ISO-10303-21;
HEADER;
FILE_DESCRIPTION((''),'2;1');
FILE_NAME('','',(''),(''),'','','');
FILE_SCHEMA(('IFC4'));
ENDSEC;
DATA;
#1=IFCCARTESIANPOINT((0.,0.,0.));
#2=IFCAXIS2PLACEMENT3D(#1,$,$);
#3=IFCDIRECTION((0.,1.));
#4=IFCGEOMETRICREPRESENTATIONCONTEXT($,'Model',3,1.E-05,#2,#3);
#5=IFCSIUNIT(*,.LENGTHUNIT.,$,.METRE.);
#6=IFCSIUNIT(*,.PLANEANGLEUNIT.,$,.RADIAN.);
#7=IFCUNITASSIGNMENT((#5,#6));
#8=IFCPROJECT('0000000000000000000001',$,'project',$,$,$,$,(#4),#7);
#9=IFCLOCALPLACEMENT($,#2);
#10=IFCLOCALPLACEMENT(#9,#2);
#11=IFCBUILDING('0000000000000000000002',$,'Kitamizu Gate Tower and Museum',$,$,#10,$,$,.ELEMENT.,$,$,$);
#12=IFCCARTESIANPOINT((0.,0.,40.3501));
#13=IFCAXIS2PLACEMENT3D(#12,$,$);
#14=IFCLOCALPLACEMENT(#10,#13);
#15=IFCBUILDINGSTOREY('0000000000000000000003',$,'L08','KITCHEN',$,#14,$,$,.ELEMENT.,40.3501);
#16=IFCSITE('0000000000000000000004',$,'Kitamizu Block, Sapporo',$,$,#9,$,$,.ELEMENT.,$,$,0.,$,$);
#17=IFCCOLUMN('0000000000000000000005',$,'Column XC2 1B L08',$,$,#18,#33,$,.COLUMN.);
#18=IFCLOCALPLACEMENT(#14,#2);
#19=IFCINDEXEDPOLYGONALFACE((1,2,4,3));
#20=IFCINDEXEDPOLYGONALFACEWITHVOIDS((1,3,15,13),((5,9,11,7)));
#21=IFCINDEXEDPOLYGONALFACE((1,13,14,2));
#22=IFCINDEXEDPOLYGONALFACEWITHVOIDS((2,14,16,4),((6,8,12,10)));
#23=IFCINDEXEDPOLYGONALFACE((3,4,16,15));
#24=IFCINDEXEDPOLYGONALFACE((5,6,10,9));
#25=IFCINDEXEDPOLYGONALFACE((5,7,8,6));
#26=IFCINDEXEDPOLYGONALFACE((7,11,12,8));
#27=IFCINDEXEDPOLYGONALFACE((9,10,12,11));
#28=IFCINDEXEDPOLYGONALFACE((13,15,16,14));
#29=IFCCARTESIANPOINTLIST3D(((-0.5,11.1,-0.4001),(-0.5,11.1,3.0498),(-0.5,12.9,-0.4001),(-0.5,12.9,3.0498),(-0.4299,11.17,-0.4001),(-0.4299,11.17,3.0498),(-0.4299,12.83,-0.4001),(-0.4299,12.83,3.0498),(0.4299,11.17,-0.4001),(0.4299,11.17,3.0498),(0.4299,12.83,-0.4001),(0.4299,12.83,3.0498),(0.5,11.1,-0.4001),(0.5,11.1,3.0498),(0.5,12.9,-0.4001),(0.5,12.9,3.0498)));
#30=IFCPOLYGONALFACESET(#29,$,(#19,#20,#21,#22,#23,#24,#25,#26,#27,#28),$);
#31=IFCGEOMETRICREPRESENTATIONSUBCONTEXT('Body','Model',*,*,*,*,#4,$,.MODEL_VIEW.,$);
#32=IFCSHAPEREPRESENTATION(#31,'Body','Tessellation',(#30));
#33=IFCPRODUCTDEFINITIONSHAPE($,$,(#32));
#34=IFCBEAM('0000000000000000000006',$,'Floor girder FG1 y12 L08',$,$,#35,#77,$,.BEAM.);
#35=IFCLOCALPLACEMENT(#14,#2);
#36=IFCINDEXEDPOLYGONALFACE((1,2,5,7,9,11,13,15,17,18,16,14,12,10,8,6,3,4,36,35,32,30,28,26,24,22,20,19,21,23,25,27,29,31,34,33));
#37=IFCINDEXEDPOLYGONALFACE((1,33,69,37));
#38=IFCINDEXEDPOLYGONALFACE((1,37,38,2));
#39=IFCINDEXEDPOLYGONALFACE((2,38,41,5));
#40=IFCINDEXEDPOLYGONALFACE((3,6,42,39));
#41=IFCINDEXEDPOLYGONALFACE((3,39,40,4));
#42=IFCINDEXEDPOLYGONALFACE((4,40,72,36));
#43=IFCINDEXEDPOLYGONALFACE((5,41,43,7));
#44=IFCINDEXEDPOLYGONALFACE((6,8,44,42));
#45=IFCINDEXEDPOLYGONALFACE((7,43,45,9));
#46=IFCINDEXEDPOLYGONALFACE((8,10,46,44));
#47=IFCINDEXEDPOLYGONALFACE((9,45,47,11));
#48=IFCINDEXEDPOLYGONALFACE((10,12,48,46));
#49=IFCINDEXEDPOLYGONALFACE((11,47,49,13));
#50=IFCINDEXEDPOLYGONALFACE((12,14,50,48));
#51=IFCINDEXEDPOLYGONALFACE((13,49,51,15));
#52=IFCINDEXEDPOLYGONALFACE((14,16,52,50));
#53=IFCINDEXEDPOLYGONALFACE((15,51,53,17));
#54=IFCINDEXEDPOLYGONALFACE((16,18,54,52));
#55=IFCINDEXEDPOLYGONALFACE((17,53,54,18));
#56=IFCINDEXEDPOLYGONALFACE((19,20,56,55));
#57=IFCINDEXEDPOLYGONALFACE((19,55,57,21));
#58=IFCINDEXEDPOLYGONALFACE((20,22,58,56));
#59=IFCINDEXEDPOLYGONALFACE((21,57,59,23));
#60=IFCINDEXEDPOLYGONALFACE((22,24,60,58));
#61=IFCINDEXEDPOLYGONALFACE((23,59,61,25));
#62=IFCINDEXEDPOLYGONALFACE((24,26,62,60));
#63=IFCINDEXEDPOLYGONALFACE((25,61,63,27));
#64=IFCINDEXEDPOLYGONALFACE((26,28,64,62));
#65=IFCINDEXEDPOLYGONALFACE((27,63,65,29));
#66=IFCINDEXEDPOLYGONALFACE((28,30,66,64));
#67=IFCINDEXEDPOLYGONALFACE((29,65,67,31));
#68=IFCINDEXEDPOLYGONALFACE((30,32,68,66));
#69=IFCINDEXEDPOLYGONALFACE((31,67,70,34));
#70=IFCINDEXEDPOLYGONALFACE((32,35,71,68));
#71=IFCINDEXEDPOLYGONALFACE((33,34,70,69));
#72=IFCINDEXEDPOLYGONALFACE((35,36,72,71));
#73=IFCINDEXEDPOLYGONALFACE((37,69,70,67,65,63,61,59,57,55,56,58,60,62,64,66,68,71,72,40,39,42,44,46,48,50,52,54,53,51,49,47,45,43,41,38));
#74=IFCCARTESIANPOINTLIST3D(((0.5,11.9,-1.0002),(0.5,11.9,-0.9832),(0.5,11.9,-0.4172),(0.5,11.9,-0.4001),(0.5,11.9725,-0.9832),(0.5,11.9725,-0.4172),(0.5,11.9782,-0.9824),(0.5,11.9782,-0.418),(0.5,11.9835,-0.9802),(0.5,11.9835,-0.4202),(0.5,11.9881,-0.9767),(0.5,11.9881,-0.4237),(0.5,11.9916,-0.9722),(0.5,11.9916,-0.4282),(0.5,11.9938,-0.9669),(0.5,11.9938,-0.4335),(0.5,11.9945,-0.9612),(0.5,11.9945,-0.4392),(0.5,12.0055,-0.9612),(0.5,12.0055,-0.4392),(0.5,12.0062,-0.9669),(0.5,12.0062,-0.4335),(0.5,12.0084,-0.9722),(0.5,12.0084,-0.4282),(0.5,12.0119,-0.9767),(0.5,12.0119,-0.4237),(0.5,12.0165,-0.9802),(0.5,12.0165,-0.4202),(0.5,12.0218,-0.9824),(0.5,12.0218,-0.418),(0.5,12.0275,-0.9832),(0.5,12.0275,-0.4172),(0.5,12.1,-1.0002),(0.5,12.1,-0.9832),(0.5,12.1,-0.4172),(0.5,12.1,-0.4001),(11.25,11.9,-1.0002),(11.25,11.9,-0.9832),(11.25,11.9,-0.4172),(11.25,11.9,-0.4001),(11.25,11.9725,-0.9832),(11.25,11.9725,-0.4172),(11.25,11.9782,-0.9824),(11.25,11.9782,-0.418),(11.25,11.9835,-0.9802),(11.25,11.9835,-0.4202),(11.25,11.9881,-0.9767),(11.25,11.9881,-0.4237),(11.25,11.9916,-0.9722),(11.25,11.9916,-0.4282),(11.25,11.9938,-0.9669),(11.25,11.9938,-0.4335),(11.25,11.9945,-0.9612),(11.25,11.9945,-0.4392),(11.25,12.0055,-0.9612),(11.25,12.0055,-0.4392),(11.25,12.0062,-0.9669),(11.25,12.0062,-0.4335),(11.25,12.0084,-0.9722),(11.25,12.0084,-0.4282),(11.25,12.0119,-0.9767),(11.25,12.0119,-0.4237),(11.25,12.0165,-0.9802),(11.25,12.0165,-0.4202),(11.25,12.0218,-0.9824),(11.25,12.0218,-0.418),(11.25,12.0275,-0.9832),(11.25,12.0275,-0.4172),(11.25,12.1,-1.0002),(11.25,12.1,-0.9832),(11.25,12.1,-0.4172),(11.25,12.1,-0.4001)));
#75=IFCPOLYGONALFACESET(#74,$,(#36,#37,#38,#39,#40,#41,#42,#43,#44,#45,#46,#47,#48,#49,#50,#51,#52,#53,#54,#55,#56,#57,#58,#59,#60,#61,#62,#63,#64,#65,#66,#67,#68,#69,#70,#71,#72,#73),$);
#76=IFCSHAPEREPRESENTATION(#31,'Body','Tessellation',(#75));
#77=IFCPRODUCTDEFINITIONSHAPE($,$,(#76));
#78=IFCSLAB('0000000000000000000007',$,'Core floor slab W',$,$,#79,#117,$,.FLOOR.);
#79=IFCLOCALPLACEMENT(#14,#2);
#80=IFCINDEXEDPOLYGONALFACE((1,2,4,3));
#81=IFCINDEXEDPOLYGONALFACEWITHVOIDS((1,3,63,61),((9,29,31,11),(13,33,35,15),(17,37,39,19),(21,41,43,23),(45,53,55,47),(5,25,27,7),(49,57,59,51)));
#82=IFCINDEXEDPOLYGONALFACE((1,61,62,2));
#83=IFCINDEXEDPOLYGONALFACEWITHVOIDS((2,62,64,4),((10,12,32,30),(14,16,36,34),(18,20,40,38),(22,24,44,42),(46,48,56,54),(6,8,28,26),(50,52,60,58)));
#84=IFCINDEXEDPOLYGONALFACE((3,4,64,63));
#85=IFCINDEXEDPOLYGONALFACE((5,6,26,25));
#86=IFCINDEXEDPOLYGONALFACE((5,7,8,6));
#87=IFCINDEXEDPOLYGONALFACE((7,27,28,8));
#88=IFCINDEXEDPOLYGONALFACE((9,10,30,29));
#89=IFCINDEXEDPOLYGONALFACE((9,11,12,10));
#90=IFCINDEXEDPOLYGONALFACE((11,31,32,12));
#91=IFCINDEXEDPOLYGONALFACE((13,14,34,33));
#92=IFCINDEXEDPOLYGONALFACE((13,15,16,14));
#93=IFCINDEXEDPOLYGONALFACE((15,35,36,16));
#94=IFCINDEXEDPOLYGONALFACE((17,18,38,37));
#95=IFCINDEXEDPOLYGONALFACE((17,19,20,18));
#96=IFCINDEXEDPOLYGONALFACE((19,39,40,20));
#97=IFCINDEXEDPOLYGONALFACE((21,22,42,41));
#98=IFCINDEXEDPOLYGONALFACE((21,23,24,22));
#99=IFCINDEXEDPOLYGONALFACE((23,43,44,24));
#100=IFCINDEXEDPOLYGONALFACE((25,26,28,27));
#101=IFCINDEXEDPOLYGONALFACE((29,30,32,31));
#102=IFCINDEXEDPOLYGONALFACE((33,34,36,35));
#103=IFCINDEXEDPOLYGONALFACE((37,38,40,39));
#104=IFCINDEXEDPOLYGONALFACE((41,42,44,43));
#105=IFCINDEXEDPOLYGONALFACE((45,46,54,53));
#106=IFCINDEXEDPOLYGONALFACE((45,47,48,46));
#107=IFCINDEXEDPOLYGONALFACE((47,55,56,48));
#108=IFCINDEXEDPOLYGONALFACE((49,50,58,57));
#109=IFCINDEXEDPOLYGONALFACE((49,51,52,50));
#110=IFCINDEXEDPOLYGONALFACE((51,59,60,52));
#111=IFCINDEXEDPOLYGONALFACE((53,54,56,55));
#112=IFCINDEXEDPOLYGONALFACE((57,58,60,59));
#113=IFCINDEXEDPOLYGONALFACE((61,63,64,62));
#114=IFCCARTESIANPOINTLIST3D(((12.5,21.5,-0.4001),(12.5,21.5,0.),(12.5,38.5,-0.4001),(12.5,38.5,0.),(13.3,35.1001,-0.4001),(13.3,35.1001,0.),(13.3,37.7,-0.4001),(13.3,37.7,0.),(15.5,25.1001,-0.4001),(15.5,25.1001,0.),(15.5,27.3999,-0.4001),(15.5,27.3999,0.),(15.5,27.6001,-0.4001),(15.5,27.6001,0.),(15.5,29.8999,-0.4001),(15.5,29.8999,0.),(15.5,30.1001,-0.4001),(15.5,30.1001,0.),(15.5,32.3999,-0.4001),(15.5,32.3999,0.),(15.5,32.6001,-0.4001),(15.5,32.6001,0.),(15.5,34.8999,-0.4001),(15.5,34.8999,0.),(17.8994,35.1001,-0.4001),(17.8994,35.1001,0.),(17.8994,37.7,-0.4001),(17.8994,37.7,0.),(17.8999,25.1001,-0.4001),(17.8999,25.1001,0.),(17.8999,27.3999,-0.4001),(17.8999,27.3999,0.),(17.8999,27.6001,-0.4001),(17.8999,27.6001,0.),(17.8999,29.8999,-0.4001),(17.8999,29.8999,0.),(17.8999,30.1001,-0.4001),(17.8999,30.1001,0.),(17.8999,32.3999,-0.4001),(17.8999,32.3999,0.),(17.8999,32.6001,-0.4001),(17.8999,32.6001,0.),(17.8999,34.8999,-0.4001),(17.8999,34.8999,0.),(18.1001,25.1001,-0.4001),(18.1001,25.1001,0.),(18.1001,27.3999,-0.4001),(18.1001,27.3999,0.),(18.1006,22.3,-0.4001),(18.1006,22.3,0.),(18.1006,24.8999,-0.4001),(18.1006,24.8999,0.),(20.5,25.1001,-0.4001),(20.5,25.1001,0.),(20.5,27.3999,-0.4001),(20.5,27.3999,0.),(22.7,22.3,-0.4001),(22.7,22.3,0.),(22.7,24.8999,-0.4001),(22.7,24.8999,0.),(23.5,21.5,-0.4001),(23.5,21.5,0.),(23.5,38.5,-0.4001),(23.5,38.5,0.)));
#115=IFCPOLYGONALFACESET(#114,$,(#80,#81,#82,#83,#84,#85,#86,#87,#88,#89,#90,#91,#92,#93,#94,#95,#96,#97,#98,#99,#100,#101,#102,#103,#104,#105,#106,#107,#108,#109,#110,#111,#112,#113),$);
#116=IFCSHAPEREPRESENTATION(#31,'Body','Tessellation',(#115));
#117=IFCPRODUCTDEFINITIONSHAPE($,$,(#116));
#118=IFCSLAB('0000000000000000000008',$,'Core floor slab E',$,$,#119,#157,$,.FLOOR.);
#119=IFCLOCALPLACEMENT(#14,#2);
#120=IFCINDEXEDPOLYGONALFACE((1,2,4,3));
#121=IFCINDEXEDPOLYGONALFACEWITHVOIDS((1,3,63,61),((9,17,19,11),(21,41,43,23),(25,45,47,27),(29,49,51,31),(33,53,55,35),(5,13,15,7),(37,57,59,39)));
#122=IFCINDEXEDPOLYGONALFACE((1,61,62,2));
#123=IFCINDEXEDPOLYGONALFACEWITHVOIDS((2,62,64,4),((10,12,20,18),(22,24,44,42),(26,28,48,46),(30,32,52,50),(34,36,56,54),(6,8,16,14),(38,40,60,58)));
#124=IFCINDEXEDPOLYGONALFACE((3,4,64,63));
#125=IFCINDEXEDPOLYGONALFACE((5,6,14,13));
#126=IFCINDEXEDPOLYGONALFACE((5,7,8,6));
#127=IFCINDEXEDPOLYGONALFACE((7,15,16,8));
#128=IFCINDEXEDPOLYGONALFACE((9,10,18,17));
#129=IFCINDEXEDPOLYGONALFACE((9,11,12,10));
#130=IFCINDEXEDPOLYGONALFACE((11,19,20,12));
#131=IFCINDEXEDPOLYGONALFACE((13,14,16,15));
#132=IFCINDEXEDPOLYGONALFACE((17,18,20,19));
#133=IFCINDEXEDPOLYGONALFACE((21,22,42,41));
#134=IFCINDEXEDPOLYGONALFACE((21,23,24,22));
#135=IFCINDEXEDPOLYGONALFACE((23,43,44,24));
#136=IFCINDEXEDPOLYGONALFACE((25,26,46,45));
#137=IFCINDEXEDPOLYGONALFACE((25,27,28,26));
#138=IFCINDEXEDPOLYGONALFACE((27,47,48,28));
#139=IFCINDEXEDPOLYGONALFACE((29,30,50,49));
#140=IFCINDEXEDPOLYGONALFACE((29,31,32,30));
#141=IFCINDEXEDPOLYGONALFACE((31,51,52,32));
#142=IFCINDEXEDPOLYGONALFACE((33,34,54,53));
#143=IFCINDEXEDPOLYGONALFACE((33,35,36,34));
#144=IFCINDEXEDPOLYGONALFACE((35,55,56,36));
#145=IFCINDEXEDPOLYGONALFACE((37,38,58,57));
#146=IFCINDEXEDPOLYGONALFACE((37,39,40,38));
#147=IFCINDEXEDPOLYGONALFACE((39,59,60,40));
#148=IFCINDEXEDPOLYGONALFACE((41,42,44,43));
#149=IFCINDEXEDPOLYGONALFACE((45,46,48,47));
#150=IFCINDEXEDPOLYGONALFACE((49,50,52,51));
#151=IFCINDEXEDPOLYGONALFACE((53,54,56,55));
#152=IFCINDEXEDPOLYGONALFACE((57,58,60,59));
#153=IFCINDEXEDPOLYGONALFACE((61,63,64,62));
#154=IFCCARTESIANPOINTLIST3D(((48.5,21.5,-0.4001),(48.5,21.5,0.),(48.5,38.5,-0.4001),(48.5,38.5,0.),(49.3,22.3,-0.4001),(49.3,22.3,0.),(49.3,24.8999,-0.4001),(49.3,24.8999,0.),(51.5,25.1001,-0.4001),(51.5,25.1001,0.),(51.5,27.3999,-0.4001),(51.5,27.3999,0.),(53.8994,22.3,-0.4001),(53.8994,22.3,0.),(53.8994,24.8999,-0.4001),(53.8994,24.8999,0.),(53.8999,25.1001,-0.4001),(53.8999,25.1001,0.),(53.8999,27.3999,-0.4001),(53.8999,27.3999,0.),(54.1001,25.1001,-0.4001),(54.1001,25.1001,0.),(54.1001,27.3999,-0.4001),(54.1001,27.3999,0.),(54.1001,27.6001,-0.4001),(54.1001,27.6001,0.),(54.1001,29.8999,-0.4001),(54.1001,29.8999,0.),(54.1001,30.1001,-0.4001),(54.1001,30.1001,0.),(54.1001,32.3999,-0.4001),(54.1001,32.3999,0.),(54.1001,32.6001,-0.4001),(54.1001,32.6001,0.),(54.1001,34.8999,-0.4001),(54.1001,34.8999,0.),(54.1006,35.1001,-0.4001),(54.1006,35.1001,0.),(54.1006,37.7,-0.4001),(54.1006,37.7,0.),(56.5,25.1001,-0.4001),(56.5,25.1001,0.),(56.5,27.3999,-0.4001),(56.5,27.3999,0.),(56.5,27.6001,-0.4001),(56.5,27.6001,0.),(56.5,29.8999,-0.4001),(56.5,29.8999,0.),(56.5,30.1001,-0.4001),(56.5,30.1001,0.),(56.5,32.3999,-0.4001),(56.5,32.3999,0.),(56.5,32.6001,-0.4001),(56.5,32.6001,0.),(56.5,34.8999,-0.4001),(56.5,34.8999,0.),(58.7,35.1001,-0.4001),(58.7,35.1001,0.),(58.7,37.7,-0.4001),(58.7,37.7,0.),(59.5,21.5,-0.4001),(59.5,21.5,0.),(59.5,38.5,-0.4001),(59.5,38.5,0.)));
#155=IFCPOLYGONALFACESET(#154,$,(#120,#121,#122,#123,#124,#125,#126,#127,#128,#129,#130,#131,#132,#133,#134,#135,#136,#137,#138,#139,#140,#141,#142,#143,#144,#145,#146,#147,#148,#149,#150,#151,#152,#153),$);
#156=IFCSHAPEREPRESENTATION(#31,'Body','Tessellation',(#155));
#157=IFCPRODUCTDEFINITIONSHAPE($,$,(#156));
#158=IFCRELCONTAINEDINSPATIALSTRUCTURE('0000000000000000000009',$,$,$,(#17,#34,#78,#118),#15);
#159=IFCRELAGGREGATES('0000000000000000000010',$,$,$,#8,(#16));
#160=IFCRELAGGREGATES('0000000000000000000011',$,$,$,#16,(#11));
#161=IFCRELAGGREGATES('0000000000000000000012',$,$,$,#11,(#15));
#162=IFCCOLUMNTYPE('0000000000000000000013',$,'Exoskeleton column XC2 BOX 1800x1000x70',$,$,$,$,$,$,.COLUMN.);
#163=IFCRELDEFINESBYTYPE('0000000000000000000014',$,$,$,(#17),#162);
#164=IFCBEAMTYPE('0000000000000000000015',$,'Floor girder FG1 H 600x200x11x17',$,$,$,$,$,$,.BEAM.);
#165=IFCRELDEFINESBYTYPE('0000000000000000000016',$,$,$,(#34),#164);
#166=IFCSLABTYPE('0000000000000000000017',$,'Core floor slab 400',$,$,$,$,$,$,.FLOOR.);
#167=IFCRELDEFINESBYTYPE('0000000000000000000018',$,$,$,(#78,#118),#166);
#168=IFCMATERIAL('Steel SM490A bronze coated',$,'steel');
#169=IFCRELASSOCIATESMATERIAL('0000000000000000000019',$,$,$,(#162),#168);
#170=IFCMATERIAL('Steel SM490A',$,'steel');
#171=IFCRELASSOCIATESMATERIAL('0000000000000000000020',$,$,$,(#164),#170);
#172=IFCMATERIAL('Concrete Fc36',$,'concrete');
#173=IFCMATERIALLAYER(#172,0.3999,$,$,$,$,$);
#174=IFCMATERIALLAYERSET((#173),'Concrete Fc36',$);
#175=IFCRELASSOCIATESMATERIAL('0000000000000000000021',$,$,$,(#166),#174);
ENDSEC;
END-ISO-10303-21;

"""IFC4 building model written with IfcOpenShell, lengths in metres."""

from ifc_helpers import new_model, si_unit, direction, frame, origin, origin_2d, place, context, subcontext, project, spatial, polyline, hollow_rectangle, i_section, outline, extrude, material, layer, layer_set, material_profile, profile_set, type_object, element, save


model = new_model("IFC4")

# Units and contexts
model_context = context("Model", 3, precision=1e-05, world=origin(), true_north=direction((0.0, 1.0)))
body_context = subcontext(model_context, "Body", "Model", "MODEL_VIEW")
ifc_project = project(units=[si_unit("LENGTHUNIT", "METRE"), si_unit("PLANEANGLEUNIT", "RADIAN")], contexts=[model_context])

# Site, building, storey
site_placement = place(None, origin())
site = spatial("IfcSite", under=ifc_project, at=site_placement, Name="Kitamizu Block, Sapporo", CompositionType="ELEMENT", RefElevation=0.0)
building_placement = place(site_placement, origin())
building = spatial("IfcBuilding", under=site, at=building_placement, Name="Kitamizu Gate Tower and Museum", CompositionType="ELEMENT")
storey_placement = place(building_placement, frame((0.0, 0.0, 40.3501)))
storey = spatial("IfcBuildingStorey", under=building, at=storey_placement, Name="L08", Description="KITCHEN", CompositionType="ELEMENT", Elevation=40.3501)

# Column
ifc_material_1 = material(Name="Steel SM490A bronze coated", Category="steel")
ifc_material_profile_1 = material_profile(ifc_material_1, hollow_rectangle(XDim=1.8, YDim=1.0, WallThickness=0.0701, at=origin_2d()), Name="BOX 1800x1000x70")
ifc_profile_set_1 = profile_set([ifc_material_profile_1], Name="Steel SM490A bronze coated")
column_type = type_object("IfcColumnType", Name="Exoskeleton column XC2 BOX 1800x1000x70", PredefinedType="COLUMN", material=ifc_profile_set_1)
column_placement = place(storey_placement, frame((0.0, 12.0, -0.4001), z_axis=(0.0, 0.0, 1.0), x_axis=(0.0, 1.0, 0.0)))
element("IfcColumn", 1, at=column_placement, inside=storey, type_object=column_type, Name="Column XC2 1B L08", PredefinedType="COLUMN", context=body_context, shape_type="SweptSolid", body=[
    extrude(hollow_rectangle(XDim=1.8, YDim=1.0, WallThickness=0.0701, at=origin_2d()), origin(), (0.0, 0.0, 1.0), 3.45),
])

# Beam
ifc_material_2 = material(Name="Steel SM490A", Category="steel")
ifc_material_profile_2 = material_profile(ifc_material_2, i_section(OverallWidth=0.2, OverallDepth=0.6001, WebThickness=0.011, FlangeThickness=0.0171, FilletRadius=0.022, at=origin_2d()), Name="H-600x200x11x17")
ifc_profile_set_2 = profile_set([ifc_material_profile_2], Name="Steel SM490A")
beam_type = type_object("IfcBeamType", Name="Floor girder FG1 H 600x200x11x17", PredefinedType="BEAM", material=ifc_profile_set_2)
beam_placement = place(storey_placement, frame((0.5, 12.0, -0.7002), z_axis=(1.0, 0.0, 0.0), x_axis=(0.0, 1.0, 0.0)))
element("IfcBeam", 2, at=beam_placement, inside=storey, type_object=beam_type, Name="Floor girder FG1 y12 L08", PredefinedType="BEAM", context=body_context, shape_type="SweptSolid", body=[
    extrude(i_section(OverallWidth=0.2, OverallDepth=0.6001, WebThickness=0.011, FlangeThickness=0.0171, FilletRadius=0.022, at=origin_2d()), origin(), (0.0, 0.0, 1.0), 10.75),
])

# Slabs
ifc_material_3 = material(Name="Concrete Fc36", Category="concrete")
ifc_layer_1 = layer(ifc_material_3, 0.3999)
ifc_layer_set_1 = layer_set([ifc_layer_1], Name="Concrete Fc36")
slab_type_1 = type_object("IfcSlabType", Name="Core floor slab 400", PredefinedType="FLOOR", material=ifc_layer_set_1)
slab_1_placement = place(storey_placement, frame((0.0, 0.0, -0.4001)))
element("IfcSlab", 3, at=slab_1_placement, inside=storey, type_object=slab_type_1, Name="Core floor slab W", PredefinedType="FLOOR", context=body_context, shape_type="SweptSolid", body=[
    extrude(outline(polyline([(12.5, 21.5), (23.5, 21.5), (23.5, 38.5), (12.5, 38.5), (12.5, 21.5)]), holes=[polyline([(15.5, 25.1001), (17.8999, 25.1001), (17.8999, 27.3999), (15.5, 27.3999), (15.5, 25.1001)]), polyline([(15.5, 27.6001), (17.8999, 27.6001), (17.8999, 29.8999), (15.5, 29.8999), (15.5, 27.6001)]), polyline([(15.5, 30.1001), (17.8999, 30.1001), (17.8999, 32.3999), (15.5, 32.3999), (15.5, 30.1001)]), polyline([(15.5, 32.6001), (17.8999, 32.6001), (17.8999, 34.8999), (15.5, 34.8999), (15.5, 32.6001)]), polyline([(18.1001, 25.1001), (20.5, 25.1001), (20.5, 27.3999), (18.1001, 27.3999), (18.1001, 25.1001)]), polyline([(18.1006, 22.3), (22.7, 22.3), (22.7, 24.8999), (18.1006, 24.8999), (18.1006, 22.3)]), polyline([(13.3, 35.1001), (17.8994, 35.1001), (17.8994, 37.7), (13.3, 37.7), (13.3, 35.1001)])]), origin(), (0.0, 0.0, 1.0), 0.4001),
])
slab_2_placement = place(storey_placement, frame((0.0, 0.0, -0.4001)))
element("IfcSlab", 4, at=slab_2_placement, inside=storey, type_object=slab_type_1, Name="Core floor slab E", PredefinedType="FLOOR", context=body_context, shape_type="SweptSolid", body=[
    extrude(outline(polyline([(48.5, 21.5), (59.5, 21.5), (59.5, 38.5), (48.5, 38.5), (48.5, 21.5)]), holes=[polyline([(54.1001, 25.1001), (56.5, 25.1001), (56.5, 27.3999), (54.1001, 27.3999), (54.1001, 25.1001)]), polyline([(54.1001, 27.6001), (56.5, 27.6001), (56.5, 29.8999), (54.1001, 29.8999), (54.1001, 27.6001)]), polyline([(54.1001, 30.1001), (56.5, 30.1001), (56.5, 32.3999), (54.1001, 32.3999), (54.1001, 30.1001)]), polyline([(54.1001, 32.6001), (56.5, 32.6001), (56.5, 34.8999), (54.1001, 34.8999), (54.1001, 32.6001)]), polyline([(51.5, 25.1001), (53.8999, 25.1001), (53.8999, 27.3999), (51.5, 27.3999), (51.5, 25.1001)]), polyline([(49.3, 22.3), (53.8994, 22.3), (53.8994, 24.8999), (49.3, 24.8999), (49.3, 22.3)]), polyline([(54.1006, 35.1001), (58.7, 35.1001), (58.7, 37.7), (54.1006, 37.7), (54.1006, 35.1001)])]), origin(), (0.0, 0.0, 1.0), 0.4001),
])

save(model, "model.ifc")
